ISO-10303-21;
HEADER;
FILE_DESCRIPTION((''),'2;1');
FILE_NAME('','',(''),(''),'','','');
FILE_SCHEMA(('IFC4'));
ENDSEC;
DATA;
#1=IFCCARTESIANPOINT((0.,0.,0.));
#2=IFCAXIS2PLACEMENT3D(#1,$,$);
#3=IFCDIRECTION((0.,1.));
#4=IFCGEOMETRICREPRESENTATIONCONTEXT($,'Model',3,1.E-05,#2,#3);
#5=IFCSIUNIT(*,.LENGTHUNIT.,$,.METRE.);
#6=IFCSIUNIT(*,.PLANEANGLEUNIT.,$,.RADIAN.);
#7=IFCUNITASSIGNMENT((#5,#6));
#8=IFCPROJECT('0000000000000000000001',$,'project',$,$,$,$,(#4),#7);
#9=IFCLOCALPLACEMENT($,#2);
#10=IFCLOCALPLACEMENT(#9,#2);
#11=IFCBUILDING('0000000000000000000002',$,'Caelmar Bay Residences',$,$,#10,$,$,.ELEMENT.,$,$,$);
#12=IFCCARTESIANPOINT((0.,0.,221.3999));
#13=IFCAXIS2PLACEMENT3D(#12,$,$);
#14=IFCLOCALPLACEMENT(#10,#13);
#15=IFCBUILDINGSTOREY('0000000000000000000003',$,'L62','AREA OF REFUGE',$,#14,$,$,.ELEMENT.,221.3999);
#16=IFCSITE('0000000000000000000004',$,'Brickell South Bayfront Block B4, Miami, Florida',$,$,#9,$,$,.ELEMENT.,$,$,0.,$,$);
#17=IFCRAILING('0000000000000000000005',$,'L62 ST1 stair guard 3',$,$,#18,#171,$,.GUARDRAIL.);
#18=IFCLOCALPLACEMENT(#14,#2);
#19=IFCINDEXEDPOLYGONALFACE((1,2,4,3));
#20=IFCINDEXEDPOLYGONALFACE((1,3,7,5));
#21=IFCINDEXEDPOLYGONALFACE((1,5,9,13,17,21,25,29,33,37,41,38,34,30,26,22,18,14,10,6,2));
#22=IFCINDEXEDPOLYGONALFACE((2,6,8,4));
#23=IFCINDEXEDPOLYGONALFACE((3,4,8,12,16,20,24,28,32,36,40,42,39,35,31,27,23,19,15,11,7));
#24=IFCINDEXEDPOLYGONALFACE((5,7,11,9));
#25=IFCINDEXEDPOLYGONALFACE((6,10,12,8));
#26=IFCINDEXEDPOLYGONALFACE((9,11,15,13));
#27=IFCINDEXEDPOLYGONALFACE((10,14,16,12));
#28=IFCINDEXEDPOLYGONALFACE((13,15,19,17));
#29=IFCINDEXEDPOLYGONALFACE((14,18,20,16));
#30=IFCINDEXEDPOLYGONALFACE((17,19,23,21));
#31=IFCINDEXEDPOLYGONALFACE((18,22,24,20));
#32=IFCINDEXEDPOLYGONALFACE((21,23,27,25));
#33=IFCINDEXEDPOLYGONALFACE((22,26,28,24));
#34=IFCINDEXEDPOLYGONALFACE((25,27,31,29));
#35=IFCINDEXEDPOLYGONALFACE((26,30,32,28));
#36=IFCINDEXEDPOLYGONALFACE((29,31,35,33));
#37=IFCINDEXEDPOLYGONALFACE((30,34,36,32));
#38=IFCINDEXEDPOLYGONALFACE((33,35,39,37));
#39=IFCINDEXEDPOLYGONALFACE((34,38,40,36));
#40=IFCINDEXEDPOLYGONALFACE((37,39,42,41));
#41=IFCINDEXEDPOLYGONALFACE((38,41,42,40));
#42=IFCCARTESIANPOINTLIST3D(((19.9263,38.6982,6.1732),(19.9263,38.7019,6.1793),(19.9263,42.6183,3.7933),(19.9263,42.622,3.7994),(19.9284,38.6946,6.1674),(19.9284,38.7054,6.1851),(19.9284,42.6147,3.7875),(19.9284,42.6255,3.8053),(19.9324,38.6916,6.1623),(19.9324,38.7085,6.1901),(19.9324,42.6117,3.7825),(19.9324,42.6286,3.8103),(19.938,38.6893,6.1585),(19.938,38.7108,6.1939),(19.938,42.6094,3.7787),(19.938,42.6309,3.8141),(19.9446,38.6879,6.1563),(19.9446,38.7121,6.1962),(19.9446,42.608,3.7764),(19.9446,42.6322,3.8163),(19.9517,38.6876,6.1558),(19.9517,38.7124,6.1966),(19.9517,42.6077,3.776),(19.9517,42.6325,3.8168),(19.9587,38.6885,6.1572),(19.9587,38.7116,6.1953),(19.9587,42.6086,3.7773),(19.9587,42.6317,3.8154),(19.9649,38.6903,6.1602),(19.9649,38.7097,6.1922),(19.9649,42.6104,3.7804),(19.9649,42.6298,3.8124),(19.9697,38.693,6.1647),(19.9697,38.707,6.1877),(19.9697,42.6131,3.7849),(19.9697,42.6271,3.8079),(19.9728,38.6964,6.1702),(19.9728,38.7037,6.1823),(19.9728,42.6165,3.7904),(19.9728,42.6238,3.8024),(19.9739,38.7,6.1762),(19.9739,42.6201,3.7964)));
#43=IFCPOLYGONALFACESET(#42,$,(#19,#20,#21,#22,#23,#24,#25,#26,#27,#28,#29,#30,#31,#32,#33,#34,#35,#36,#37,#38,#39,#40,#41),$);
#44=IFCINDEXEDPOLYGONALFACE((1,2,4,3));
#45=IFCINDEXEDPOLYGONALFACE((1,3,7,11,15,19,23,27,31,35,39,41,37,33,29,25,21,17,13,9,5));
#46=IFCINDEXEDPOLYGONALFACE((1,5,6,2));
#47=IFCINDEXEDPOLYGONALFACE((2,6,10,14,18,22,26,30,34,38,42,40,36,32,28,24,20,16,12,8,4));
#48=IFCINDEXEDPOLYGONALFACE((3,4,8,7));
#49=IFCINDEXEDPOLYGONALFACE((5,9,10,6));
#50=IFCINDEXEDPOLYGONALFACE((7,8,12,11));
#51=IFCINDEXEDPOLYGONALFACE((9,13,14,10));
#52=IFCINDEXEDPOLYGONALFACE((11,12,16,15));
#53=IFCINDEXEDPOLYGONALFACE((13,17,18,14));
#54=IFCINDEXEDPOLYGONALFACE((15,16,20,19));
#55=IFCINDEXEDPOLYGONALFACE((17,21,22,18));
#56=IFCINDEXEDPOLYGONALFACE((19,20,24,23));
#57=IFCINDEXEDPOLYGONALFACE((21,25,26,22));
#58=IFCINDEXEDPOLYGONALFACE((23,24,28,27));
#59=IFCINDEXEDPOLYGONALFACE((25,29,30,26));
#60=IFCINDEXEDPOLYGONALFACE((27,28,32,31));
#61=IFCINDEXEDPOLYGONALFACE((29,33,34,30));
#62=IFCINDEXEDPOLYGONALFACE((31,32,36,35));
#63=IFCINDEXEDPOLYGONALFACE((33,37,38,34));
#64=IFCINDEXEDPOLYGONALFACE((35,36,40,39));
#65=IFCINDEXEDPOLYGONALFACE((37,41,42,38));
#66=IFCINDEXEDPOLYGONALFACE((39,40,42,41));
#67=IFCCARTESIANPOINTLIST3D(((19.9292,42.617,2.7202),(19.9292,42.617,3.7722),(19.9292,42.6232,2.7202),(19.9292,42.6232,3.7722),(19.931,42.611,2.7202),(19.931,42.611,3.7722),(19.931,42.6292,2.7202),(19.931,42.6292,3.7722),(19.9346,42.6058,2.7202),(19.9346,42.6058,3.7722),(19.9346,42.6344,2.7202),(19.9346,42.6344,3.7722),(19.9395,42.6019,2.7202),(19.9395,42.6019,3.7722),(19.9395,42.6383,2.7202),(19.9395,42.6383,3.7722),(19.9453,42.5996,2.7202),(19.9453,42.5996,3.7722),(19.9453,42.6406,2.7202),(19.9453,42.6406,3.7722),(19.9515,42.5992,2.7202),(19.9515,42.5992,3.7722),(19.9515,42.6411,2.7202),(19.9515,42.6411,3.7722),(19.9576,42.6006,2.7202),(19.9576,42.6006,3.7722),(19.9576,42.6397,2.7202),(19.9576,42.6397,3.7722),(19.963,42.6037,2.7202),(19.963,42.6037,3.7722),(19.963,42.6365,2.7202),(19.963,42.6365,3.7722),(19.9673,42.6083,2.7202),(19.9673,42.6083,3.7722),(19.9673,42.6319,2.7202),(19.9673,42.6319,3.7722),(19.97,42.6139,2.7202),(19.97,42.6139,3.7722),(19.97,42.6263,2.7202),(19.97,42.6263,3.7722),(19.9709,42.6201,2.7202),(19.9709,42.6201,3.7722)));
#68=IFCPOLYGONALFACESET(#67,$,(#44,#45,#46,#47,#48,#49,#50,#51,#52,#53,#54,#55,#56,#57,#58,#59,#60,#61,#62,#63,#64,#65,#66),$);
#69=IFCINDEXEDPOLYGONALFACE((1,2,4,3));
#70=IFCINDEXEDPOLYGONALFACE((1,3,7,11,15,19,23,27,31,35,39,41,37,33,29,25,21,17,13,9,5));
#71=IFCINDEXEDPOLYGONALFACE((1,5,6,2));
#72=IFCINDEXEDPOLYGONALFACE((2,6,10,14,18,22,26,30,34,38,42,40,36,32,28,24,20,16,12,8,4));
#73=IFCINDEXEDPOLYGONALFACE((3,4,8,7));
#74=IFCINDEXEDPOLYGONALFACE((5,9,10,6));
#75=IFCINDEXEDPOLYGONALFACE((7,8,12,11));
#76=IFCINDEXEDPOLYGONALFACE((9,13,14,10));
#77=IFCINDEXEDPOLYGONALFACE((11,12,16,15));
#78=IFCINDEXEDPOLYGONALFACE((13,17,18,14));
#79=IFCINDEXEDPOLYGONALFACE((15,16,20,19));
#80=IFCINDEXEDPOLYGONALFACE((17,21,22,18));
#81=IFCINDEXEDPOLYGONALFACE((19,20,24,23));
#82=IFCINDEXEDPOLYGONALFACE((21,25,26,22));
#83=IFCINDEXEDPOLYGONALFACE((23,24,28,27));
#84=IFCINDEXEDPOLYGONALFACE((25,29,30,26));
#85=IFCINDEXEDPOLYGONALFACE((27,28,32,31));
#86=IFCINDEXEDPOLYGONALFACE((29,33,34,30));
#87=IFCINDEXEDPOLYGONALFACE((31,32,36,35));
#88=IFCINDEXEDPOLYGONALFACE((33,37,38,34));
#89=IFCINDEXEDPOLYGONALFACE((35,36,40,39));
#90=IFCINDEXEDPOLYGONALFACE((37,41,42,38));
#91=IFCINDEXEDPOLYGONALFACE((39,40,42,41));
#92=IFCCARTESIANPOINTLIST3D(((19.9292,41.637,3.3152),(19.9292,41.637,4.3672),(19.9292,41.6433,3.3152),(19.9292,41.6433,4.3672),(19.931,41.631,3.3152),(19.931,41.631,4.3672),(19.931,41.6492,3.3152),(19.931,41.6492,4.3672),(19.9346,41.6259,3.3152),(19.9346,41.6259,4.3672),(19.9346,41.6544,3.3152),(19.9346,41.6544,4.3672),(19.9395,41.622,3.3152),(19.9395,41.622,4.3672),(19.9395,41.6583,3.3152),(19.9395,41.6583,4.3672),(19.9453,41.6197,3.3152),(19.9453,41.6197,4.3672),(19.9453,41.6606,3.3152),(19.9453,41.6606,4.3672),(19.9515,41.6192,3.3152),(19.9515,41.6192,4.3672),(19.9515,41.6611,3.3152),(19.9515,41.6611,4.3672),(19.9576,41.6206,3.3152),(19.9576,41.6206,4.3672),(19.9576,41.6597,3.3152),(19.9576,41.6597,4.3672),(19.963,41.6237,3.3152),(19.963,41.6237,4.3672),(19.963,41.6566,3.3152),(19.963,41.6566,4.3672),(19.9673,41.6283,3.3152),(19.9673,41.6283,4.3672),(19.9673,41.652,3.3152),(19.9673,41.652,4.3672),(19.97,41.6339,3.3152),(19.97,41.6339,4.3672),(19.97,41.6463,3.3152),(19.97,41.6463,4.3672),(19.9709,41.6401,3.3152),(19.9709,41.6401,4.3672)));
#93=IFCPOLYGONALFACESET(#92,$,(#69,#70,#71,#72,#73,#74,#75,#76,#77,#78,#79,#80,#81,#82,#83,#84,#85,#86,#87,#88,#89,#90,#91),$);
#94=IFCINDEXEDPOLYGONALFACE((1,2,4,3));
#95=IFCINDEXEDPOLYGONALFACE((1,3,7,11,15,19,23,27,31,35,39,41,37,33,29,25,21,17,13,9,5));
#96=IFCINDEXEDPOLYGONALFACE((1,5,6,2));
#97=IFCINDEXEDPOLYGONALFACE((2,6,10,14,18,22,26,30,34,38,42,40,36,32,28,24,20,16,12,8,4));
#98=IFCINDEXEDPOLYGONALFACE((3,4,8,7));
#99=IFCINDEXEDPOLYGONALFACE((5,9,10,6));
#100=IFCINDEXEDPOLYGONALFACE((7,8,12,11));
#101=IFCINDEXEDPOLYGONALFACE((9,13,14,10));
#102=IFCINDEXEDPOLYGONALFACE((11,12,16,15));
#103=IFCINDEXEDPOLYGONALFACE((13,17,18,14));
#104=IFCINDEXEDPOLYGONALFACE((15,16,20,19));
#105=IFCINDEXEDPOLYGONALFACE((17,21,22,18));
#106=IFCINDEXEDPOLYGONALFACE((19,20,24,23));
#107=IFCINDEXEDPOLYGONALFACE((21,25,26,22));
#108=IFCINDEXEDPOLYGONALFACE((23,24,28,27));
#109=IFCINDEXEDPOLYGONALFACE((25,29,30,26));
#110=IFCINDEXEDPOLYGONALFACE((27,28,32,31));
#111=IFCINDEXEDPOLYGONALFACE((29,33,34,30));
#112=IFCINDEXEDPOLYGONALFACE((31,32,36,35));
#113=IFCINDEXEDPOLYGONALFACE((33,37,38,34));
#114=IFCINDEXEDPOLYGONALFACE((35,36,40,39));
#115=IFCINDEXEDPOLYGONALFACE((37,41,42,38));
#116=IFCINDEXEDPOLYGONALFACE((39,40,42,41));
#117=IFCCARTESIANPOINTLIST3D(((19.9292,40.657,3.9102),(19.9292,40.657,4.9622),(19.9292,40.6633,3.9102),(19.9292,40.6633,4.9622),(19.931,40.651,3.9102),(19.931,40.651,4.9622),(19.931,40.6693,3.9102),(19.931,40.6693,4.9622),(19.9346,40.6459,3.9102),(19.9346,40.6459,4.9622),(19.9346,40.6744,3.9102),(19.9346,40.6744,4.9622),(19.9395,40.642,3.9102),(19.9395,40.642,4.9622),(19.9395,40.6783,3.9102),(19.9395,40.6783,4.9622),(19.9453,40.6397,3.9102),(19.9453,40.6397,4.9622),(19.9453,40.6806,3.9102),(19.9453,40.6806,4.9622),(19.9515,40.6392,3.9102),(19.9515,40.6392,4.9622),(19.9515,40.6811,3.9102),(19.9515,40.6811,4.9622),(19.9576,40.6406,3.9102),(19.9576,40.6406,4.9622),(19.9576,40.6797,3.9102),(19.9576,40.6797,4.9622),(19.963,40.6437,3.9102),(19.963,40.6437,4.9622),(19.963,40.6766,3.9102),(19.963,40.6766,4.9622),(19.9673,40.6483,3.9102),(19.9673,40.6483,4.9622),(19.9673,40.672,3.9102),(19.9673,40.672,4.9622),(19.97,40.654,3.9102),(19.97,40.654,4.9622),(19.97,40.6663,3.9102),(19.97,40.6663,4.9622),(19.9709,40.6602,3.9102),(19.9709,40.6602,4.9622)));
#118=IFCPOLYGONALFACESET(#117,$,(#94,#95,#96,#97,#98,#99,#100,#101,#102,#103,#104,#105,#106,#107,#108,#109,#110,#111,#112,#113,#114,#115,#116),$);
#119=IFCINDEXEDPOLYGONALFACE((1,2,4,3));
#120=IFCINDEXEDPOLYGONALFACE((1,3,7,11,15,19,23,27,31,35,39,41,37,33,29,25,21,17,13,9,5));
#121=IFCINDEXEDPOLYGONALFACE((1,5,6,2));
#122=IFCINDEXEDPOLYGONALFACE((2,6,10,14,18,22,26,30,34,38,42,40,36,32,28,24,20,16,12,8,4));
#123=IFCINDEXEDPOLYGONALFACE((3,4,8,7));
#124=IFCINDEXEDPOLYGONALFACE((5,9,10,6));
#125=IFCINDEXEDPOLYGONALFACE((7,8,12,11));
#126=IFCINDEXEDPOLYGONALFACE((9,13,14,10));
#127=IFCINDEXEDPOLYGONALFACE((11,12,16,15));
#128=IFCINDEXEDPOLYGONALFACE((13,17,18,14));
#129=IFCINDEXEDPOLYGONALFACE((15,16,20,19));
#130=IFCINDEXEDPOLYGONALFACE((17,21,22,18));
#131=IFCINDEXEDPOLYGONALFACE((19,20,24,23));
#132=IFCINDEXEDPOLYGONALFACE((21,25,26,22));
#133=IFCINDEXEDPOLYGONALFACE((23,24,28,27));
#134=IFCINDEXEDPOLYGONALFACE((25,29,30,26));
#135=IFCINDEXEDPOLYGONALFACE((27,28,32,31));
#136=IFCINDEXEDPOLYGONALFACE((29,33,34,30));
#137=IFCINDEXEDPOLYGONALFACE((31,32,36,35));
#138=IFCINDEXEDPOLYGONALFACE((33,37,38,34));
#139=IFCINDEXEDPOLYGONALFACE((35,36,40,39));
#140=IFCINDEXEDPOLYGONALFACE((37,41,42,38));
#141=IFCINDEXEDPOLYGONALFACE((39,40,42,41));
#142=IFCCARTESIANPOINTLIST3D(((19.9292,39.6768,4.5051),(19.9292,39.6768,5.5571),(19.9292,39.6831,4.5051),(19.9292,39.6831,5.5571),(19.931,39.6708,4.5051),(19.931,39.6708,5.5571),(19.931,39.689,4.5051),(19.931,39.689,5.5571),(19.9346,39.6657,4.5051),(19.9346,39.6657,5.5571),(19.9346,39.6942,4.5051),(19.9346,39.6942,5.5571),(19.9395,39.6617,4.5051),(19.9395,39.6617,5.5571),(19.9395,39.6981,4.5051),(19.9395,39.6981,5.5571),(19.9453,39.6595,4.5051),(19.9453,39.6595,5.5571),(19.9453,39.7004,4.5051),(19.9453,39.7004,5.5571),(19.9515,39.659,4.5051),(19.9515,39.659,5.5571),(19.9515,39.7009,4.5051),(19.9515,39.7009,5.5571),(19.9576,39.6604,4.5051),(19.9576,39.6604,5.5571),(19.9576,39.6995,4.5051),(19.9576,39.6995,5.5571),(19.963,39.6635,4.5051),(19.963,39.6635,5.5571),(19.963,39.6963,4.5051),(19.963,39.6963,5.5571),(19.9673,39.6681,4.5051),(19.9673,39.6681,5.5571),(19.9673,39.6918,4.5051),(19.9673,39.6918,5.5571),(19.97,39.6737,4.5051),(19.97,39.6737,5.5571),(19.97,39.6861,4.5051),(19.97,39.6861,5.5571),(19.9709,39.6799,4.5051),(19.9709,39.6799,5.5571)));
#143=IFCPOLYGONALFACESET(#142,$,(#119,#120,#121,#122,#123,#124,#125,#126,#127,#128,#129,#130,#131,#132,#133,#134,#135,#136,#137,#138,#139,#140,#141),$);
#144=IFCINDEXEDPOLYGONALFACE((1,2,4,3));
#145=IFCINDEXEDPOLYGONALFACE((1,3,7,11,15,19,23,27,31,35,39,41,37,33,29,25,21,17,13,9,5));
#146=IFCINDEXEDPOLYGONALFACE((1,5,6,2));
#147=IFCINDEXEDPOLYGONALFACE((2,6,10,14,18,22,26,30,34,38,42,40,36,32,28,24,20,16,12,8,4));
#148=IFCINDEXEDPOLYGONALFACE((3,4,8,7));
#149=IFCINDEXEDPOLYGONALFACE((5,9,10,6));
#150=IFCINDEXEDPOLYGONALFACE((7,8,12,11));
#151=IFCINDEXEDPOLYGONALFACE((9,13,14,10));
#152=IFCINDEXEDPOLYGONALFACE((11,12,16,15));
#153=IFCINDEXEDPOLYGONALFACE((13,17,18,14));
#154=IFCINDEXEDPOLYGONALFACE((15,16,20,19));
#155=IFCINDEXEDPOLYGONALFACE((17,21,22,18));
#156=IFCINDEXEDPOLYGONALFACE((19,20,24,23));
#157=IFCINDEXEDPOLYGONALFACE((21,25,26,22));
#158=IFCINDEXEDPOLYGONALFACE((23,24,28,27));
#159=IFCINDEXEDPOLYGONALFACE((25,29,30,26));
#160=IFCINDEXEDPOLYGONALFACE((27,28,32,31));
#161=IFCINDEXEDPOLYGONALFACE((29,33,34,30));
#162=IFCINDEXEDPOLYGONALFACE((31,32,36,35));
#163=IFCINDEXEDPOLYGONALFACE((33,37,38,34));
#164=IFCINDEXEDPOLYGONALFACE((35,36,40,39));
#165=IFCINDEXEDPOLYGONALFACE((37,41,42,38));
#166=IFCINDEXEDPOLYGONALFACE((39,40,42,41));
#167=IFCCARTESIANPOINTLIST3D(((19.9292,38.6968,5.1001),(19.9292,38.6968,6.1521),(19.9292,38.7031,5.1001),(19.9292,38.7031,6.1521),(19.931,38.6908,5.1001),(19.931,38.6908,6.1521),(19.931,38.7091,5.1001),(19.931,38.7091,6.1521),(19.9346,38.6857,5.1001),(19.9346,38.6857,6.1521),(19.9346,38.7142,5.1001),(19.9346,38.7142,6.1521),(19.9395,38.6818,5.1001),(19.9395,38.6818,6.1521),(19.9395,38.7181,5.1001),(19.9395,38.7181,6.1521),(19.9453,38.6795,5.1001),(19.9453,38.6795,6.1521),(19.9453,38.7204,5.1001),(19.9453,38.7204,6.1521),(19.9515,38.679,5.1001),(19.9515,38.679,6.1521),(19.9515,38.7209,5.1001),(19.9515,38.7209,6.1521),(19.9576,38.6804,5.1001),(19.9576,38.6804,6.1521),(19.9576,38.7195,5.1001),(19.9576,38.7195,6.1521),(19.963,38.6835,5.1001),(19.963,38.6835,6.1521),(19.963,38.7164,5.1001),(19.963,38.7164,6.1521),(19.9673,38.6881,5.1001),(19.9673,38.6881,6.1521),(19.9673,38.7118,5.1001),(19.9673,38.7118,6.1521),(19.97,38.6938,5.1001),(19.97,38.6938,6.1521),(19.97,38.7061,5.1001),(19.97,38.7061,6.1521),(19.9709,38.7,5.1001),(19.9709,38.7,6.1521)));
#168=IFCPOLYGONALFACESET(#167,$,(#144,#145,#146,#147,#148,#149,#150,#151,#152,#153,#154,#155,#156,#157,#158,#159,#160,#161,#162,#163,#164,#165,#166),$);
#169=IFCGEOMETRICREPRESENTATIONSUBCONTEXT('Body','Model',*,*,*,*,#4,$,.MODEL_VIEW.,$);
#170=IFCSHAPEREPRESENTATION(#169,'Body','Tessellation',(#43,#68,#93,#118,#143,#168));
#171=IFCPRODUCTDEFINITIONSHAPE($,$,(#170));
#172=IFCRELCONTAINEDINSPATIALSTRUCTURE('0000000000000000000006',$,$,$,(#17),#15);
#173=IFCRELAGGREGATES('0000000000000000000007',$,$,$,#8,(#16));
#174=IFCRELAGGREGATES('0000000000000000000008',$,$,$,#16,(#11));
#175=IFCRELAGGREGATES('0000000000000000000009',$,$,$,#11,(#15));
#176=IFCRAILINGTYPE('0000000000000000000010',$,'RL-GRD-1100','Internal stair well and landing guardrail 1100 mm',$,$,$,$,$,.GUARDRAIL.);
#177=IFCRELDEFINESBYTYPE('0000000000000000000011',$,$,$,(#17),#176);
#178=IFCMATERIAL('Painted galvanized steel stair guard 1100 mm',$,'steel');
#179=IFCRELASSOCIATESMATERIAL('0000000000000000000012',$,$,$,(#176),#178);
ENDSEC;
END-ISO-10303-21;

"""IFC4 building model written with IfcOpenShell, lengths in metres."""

from ifc_helpers import new_model, si_unit, direction, frame, origin, origin_2d, place, context, subcontext, project, spatial, circle, extrude, material, type_object, element, save


model = new_model("IFC4")

# Units and contexts
model_context = context("Model", 3, precision=1e-05, world=origin(), true_north=direction((0.0, 1.0)))
body_context = subcontext(model_context, "Body", "Model", "MODEL_VIEW")
ifc_project = project(units=[si_unit("LENGTHUNIT", "METRE"), si_unit("PLANEANGLEUNIT", "RADIAN")], contexts=[model_context])

# Site, building, storey
site_placement = place(None, origin())
site = spatial("IfcSite", under=ifc_project, at=site_placement, Name="Brickell South Bayfront Block B4, Miami, Florida", CompositionType="ELEMENT", RefElevation=0.0)
building_placement = place(site_placement, origin())
building = spatial("IfcBuilding", under=site, at=building_placement, Name="Caelmar Bay Residences", CompositionType="ELEMENT")
storey_placement = place(building_placement, frame((0.0, 0.0, 221.3999)))
storey = spatial("IfcBuildingStorey", under=building, at=storey_placement, Name="L62", Description="AREA OF REFUGE", CompositionType="ELEMENT", Elevation=221.3999)

# Railing
ifc_material_1 = material(Name="Painted galvanized steel stair guard 1100 mm", Category="steel")
railing_type_1 = type_object("IfcRailingType", Name="RL-GRD-1100", Description="Internal stair well and landing guardrail 1100 mm", PredefinedType="GUARDRAIL", material=ifc_material_1)
railing_1_placement = place(storey_placement, frame((19.95, 42.6201, 2.7202)))
element("IfcRailing", 1, at=railing_1_placement, inside=storey, type_object=railing_type_1, Name="L62 ST1 stair guard 3", PredefinedType="GUARDRAIL", context=body_context, shape_type="SweptSolid", body=[
    extrude(circle(Radius=0.0239, at=origin_2d()), frame((0.0, 0.0, 1.0762), z_axis=(0.0, -0.854809, 0.518943), x_axis=(1.0, 0.0, 0.0)), (0.0, 0.0, 1.0), 4.5859),
    extrude(circle(Radius=0.021, at=origin_2d()), origin(), (0.0, 0.0, 1.0), 1.052),
    extrude(circle(Radius=0.021, at=origin_2d()), frame((0.0, -0.98, 0.595)), (0.0, 0.0, 1.0), 1.052),
    extrude(circle(Radius=0.021, at=origin_2d()), frame((0.0, -1.96, 1.1899)), (0.0, 0.0, 1.0), 1.052),
    extrude(circle(Radius=0.021, at=origin_2d()), frame((0.0, -2.9402, 1.7849)), (0.0, 0.0, 1.0), 1.052),
    extrude(circle(Radius=0.021, at=origin_2d()), frame((0.0, -3.9202, 2.3799)), (0.0, 0.0, 1.0), 1.052),
])

save(model, "model.ifc")
